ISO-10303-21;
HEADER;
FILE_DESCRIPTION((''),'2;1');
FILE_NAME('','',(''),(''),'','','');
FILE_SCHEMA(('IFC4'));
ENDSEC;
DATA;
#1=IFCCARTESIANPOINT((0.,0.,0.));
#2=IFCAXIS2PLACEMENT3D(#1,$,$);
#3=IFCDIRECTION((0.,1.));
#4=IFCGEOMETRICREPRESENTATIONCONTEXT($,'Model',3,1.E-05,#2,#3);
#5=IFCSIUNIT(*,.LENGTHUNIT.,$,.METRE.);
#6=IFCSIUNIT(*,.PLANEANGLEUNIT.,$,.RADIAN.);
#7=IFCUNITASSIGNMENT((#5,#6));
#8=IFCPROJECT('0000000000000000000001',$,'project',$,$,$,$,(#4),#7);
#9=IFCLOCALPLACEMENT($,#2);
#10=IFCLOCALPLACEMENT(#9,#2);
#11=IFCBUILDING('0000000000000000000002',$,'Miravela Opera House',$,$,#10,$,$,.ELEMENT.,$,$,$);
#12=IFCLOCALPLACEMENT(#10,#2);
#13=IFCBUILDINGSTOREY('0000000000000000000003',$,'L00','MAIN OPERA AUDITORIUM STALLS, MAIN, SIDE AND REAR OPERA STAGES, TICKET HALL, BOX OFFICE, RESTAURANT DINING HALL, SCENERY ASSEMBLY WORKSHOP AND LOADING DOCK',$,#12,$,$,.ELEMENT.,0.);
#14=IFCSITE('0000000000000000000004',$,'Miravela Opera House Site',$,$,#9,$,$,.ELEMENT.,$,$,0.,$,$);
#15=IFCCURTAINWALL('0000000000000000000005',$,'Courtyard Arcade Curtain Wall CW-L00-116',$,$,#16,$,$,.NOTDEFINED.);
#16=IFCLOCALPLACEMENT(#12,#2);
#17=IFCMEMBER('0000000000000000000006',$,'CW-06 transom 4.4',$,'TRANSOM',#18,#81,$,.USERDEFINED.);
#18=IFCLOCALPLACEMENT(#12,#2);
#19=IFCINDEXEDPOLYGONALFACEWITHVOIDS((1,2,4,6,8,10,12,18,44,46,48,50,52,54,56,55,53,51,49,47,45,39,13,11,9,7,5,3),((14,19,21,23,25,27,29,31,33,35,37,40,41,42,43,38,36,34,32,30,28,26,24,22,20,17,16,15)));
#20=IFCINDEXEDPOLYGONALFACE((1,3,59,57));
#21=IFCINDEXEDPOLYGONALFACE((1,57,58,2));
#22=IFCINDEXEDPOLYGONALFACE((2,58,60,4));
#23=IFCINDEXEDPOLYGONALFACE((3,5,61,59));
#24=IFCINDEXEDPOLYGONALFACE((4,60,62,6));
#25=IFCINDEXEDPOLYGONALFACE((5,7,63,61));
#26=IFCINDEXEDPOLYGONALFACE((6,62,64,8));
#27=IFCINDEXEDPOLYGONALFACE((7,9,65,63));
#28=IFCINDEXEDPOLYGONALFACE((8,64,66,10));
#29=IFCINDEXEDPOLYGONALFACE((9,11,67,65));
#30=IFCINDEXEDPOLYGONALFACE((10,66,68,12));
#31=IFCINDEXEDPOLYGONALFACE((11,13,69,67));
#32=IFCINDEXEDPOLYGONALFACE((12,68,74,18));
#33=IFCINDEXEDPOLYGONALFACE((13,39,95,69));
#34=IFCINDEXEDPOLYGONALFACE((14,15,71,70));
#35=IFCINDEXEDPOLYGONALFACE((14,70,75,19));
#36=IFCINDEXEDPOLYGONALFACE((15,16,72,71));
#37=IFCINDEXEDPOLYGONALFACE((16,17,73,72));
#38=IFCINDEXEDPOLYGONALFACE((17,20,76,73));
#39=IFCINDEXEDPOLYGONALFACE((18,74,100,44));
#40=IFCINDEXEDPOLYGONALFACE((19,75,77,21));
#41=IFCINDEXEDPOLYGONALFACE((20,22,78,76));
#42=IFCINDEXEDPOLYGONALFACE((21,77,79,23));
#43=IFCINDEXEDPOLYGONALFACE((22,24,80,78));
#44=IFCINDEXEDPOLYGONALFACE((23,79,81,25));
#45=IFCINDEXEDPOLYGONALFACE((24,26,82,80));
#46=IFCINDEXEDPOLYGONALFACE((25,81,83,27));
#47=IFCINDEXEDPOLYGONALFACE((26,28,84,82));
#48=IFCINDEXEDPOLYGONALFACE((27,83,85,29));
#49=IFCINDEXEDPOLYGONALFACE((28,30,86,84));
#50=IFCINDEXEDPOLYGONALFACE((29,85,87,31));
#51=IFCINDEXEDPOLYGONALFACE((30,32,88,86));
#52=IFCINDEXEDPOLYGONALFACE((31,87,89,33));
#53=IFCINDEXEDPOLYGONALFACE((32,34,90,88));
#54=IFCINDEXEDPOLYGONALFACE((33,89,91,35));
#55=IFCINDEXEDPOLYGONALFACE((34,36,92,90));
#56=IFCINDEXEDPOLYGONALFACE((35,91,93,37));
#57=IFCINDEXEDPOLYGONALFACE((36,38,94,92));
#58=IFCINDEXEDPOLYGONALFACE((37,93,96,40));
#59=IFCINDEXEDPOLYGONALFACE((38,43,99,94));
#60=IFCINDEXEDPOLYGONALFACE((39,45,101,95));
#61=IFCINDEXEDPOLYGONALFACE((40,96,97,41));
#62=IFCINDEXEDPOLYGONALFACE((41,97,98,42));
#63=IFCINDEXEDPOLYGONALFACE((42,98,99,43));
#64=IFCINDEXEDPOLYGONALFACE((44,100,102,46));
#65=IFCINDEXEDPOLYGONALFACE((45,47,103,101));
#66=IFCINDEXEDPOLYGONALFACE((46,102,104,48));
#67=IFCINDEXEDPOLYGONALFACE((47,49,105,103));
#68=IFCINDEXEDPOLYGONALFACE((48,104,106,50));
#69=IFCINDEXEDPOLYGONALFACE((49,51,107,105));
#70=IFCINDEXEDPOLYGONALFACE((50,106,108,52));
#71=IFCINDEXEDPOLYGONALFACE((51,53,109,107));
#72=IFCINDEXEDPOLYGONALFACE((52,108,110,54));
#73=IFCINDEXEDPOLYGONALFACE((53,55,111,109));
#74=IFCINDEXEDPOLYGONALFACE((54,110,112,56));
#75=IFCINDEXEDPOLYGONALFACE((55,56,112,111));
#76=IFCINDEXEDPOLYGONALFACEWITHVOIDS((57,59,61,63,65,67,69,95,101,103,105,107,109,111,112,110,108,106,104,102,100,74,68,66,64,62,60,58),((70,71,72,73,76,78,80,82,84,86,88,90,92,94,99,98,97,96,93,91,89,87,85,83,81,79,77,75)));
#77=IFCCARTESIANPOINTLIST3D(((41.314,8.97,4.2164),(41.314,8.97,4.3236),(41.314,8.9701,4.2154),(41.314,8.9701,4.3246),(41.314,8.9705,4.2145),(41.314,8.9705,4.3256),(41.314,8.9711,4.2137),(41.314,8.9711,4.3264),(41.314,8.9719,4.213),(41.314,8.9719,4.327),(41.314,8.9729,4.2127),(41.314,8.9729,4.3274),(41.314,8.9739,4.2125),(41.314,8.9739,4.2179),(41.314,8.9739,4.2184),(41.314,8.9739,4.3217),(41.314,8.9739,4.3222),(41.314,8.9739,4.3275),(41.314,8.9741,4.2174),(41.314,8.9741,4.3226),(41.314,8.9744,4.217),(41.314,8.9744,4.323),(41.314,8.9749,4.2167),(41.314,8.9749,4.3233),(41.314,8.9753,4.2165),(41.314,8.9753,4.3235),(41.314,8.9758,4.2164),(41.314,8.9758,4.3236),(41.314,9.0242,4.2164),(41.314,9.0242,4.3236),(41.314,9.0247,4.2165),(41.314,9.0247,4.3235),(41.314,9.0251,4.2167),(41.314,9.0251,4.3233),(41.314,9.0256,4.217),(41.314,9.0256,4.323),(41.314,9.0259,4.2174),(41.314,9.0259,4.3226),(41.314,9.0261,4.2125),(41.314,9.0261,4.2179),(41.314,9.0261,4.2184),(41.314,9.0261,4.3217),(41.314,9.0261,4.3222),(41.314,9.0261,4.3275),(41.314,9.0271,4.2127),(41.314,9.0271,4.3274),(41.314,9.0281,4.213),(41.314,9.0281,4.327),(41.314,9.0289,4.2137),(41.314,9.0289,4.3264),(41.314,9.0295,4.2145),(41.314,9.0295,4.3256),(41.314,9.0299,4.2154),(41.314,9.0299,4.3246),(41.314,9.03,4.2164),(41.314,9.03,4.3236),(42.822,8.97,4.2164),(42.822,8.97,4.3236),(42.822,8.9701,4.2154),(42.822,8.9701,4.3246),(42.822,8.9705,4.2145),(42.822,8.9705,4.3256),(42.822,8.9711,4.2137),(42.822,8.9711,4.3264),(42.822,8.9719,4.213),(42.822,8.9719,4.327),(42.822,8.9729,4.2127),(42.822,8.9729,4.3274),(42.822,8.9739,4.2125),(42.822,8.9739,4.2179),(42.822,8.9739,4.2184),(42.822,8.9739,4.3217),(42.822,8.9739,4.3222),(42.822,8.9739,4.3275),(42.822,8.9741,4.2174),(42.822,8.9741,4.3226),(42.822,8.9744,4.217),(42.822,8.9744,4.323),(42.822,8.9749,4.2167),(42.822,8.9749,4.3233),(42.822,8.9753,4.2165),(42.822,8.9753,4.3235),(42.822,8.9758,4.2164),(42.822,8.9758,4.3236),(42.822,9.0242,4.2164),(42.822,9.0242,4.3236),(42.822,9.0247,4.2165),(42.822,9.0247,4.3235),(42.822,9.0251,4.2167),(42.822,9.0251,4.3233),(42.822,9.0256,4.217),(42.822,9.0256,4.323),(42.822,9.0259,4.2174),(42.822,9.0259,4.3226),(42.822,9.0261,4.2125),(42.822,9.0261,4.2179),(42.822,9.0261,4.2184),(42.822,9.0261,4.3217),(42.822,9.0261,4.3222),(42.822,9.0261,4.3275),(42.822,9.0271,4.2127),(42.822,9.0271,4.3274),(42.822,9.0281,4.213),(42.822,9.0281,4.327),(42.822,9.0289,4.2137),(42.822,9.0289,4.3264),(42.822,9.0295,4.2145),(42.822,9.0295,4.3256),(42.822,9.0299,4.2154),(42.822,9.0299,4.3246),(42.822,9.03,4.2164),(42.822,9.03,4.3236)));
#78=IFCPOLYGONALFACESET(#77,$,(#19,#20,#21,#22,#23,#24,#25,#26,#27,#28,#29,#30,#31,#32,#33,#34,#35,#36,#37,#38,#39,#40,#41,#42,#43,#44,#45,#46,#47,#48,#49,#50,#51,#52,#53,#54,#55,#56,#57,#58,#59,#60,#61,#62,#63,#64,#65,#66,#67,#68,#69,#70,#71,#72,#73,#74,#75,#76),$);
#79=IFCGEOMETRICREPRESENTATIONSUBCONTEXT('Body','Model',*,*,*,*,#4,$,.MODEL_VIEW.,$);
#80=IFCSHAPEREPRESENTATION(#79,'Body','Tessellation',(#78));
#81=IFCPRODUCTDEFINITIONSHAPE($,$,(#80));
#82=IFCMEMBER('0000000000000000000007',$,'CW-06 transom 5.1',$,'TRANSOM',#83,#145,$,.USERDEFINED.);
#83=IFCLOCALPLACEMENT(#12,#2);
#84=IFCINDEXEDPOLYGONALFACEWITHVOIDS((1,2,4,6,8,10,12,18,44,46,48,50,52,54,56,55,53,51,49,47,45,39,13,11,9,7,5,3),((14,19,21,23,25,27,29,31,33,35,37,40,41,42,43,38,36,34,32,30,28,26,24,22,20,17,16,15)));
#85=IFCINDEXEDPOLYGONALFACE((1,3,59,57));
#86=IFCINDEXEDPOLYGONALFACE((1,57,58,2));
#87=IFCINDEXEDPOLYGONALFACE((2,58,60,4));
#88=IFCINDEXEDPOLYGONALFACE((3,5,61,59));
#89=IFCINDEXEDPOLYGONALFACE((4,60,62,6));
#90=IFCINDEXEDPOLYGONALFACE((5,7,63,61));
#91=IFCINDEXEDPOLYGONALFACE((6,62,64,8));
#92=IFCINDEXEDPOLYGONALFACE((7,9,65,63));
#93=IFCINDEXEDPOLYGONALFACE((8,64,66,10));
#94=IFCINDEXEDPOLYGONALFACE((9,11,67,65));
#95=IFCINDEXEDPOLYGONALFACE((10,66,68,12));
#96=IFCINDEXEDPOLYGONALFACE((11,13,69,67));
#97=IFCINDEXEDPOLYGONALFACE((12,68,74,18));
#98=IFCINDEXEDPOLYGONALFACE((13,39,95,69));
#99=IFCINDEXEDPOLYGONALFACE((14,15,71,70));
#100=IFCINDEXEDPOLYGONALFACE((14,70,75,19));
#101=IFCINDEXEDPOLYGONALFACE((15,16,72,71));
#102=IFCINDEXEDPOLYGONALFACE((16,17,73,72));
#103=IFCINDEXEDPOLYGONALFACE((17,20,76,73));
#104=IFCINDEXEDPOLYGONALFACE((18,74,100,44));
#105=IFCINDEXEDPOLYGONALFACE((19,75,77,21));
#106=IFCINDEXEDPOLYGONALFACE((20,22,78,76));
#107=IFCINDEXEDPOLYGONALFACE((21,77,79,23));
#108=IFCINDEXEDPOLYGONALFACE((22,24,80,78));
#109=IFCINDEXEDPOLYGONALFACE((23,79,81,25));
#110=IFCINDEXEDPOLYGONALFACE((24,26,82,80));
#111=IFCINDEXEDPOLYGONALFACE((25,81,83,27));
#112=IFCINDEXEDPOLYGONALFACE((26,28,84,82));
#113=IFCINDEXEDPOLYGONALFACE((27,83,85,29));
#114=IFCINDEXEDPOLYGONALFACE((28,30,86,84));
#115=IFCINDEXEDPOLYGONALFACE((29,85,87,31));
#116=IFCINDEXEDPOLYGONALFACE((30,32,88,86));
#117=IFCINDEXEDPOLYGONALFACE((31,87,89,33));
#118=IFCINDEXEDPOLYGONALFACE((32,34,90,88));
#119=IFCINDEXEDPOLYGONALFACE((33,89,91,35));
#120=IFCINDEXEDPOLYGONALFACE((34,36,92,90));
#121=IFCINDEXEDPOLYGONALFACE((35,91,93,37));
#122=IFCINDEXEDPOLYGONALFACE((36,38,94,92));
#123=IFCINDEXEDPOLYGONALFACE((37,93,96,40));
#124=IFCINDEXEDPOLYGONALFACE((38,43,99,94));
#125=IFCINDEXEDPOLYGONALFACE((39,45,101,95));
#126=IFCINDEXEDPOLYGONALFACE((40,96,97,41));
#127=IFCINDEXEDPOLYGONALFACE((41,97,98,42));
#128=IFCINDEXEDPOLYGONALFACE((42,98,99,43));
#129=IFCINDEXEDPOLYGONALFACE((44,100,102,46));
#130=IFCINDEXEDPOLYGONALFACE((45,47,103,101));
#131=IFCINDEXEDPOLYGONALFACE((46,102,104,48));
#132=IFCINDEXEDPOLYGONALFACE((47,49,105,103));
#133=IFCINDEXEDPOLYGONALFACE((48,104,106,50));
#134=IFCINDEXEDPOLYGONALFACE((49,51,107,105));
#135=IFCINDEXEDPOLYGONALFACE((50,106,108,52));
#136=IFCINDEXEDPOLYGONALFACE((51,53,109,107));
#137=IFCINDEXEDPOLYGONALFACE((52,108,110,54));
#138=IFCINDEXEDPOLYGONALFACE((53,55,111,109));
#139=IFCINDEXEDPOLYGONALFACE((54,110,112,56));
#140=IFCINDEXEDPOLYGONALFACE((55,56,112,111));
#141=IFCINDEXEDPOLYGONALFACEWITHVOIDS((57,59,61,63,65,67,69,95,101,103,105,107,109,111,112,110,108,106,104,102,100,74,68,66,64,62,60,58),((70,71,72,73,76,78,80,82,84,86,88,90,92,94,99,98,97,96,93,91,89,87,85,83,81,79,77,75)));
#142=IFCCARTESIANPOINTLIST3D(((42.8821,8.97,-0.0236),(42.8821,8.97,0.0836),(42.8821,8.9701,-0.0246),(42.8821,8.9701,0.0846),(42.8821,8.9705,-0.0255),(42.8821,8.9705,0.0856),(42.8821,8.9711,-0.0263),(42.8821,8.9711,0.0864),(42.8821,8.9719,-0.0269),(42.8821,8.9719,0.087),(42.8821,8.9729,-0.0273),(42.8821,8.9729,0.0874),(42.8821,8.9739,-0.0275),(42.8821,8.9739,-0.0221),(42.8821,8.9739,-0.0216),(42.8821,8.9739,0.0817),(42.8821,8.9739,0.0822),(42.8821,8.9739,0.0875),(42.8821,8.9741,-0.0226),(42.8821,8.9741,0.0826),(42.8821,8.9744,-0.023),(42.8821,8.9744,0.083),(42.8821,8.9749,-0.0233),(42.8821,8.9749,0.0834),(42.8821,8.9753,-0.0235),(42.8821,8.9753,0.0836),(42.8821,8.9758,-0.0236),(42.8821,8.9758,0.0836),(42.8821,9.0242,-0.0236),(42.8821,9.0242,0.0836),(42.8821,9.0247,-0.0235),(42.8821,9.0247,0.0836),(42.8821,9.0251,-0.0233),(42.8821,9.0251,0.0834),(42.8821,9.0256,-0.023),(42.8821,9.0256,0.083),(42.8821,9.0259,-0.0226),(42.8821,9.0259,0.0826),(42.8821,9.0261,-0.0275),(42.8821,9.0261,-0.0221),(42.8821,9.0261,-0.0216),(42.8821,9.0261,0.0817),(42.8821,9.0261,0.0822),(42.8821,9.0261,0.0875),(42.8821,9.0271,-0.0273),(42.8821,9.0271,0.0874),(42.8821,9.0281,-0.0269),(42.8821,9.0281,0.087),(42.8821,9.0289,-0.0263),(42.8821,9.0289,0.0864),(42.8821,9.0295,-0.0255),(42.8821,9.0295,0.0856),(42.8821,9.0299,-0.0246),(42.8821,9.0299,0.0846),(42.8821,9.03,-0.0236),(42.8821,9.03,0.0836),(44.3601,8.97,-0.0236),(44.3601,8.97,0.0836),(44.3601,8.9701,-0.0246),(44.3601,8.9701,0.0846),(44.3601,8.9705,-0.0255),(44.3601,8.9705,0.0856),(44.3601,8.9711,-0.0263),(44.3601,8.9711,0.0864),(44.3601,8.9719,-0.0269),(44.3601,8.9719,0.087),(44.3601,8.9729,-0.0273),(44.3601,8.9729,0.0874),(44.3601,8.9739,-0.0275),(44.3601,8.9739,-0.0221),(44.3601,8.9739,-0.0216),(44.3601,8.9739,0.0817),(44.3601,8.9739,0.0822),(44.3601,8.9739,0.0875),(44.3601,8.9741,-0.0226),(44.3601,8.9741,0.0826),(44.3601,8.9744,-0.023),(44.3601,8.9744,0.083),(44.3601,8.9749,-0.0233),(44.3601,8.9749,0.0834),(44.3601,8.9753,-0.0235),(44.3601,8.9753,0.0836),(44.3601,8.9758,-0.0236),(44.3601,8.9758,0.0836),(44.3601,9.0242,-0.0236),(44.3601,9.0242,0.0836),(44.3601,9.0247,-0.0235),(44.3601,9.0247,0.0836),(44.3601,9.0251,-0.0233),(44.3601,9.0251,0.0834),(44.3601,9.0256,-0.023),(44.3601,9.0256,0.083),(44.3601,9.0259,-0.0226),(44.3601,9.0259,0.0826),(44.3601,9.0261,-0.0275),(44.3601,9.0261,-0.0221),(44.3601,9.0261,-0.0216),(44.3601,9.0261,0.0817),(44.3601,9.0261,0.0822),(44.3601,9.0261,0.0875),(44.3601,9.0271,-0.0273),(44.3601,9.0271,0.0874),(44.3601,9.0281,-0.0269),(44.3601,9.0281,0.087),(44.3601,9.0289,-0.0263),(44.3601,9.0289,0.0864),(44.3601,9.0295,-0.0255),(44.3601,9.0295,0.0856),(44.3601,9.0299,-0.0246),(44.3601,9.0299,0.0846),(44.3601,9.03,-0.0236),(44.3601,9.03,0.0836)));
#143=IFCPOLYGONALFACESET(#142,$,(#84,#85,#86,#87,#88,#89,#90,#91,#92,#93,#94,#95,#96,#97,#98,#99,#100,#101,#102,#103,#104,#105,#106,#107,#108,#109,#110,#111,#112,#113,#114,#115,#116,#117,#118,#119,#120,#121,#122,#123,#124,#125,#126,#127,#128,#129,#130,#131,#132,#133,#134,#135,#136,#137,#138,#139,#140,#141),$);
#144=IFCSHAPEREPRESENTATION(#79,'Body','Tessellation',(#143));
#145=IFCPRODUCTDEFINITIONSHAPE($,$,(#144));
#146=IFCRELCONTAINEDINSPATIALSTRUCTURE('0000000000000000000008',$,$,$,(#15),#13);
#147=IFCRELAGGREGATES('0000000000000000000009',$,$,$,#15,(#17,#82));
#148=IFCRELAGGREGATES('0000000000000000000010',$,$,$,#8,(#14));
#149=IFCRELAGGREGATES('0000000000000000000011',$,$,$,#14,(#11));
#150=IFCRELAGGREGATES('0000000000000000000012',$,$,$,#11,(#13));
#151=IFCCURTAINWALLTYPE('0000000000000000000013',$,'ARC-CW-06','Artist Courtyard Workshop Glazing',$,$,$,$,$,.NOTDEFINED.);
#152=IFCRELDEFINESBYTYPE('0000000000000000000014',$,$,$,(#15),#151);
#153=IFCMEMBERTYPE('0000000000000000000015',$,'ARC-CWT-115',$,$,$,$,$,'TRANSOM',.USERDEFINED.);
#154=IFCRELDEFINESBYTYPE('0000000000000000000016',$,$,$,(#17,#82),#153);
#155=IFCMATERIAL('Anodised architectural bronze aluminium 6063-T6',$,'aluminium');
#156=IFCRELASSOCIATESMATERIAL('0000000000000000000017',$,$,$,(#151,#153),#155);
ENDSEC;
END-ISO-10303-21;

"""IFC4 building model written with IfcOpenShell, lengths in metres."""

from ifc_helpers import new_model, si_unit, direction, frame, origin, origin_2d, place, context, subcontext, project, spatial, hollow_rectangle, extrude, material, material_profile, profile_set, type_object, element, aggregate, save


model = new_model("IFC4")

# Units and contexts
model_context = context("Model", 3, precision=1e-05, world=origin(), true_north=direction((0.0, 1.0)))
body_context = subcontext(model_context, "Body", "Model", "MODEL_VIEW")
ifc_project = project(units=[si_unit("LENGTHUNIT", "METRE"), si_unit("PLANEANGLEUNIT", "RADIAN")], contexts=[model_context])

# Site, building, storey
site_placement = place(None, origin())
site = spatial("IfcSite", under=ifc_project, at=site_placement, Name="Miravela Opera House Site", CompositionType="ELEMENT", RefElevation=0.0)
building_placement = place(site_placement, origin())
building = spatial("IfcBuilding", under=site, at=building_placement, Name="Miravela Opera House", CompositionType="ELEMENT")
storey_placement = place(building_placement, origin())
storey = spatial("IfcBuildingStorey", under=building, at=storey_placement, Name="L00", Description="MAIN OPERA AUDITORIUM STALLS, MAIN, SIDE AND REAR OPERA STAGES, TICKET HALL, BOX OFFICE, RESTAURANT DINING HALL, SCENERY ASSEMBLY WORKSHOP AND LOADING DOCK", CompositionType="ELEMENT", Elevation=0.0)

# Curtain wall, members
ifc_material_1 = material(Name="Anodised architectural bronze aluminium 6063-T6", Category="aluminium")
curtain_wall_type = type_object("IfcCurtainWallType", Name="ARC-CW-06", Description="Artist Courtyard Workshop Glazing", PredefinedType="NOTDEFINED", material=ifc_material_1)
curtain_wall_placement = place(storey_placement, origin())
curtain_wall = element("IfcCurtainWall", 1, at=curtain_wall_placement, inside=storey, type_object=curtain_wall_type, Name="Courtyard Arcade Curtain Wall CW-L00-116", PredefinedType="NOTDEFINED")
ifc_material_profile_1 = material_profile(ifc_material_1, hollow_rectangle(XDim=0.0601, YDim=0.115, WallThickness=0.0039, InnerFilletRadius=0.002, OuterFilletRadius=0.0039, at=origin_2d()), Name="CWT-60X115")
ifc_profile_set_1 = profile_set([ifc_material_profile_1])
member_type_1 = type_object("IfcMemberType", Name="ARC-CWT-115", ElementType="TRANSOM", PredefinedType="USERDEFINED", material=ifc_profile_set_1)
member_1_placement = place(storey_placement, frame((41.314, 9.0, 4.27), z_axis=(1.0, 0.0, 0.0), x_axis=(0.0, 1.0, 0.0)))
member_1 = element("IfcMember", 2, at=member_1_placement, type_object=member_type_1, Name="CW-06 transom 4.4", ObjectType="TRANSOM", PredefinedType="USERDEFINED", context=body_context, shape_type="SweptSolid", body=[
    extrude(hollow_rectangle(XDim=0.0601, YDim=0.115, WallThickness=0.0039, InnerFilletRadius=0.002, OuterFilletRadius=0.0039, at=origin_2d()), origin(), (0.0, 0.0, 1.0), 1.5081),
])
member_2_placement = place(storey_placement, frame((42.8821, 9.0, 0.03), z_axis=(1.0, 0.0, 0.0), x_axis=(0.0, 1.0, 0.0)))
member_2 = element("IfcMember", 3, at=member_2_placement, type_object=member_type_1, Name="CW-06 transom 5.1", ObjectType="TRANSOM", PredefinedType="USERDEFINED", context=body_context, shape_type="SweptSolid", body=[
    extrude(hollow_rectangle(XDim=0.0601, YDim=0.115, WallThickness=0.0039, InnerFilletRadius=0.002, OuterFilletRadius=0.0039, at=origin_2d()), origin(), (0.0, 0.0, 1.0), 1.478),
])

aggregate(curtain_wall, [member_1, member_2])

save(model, "model.ifc")
